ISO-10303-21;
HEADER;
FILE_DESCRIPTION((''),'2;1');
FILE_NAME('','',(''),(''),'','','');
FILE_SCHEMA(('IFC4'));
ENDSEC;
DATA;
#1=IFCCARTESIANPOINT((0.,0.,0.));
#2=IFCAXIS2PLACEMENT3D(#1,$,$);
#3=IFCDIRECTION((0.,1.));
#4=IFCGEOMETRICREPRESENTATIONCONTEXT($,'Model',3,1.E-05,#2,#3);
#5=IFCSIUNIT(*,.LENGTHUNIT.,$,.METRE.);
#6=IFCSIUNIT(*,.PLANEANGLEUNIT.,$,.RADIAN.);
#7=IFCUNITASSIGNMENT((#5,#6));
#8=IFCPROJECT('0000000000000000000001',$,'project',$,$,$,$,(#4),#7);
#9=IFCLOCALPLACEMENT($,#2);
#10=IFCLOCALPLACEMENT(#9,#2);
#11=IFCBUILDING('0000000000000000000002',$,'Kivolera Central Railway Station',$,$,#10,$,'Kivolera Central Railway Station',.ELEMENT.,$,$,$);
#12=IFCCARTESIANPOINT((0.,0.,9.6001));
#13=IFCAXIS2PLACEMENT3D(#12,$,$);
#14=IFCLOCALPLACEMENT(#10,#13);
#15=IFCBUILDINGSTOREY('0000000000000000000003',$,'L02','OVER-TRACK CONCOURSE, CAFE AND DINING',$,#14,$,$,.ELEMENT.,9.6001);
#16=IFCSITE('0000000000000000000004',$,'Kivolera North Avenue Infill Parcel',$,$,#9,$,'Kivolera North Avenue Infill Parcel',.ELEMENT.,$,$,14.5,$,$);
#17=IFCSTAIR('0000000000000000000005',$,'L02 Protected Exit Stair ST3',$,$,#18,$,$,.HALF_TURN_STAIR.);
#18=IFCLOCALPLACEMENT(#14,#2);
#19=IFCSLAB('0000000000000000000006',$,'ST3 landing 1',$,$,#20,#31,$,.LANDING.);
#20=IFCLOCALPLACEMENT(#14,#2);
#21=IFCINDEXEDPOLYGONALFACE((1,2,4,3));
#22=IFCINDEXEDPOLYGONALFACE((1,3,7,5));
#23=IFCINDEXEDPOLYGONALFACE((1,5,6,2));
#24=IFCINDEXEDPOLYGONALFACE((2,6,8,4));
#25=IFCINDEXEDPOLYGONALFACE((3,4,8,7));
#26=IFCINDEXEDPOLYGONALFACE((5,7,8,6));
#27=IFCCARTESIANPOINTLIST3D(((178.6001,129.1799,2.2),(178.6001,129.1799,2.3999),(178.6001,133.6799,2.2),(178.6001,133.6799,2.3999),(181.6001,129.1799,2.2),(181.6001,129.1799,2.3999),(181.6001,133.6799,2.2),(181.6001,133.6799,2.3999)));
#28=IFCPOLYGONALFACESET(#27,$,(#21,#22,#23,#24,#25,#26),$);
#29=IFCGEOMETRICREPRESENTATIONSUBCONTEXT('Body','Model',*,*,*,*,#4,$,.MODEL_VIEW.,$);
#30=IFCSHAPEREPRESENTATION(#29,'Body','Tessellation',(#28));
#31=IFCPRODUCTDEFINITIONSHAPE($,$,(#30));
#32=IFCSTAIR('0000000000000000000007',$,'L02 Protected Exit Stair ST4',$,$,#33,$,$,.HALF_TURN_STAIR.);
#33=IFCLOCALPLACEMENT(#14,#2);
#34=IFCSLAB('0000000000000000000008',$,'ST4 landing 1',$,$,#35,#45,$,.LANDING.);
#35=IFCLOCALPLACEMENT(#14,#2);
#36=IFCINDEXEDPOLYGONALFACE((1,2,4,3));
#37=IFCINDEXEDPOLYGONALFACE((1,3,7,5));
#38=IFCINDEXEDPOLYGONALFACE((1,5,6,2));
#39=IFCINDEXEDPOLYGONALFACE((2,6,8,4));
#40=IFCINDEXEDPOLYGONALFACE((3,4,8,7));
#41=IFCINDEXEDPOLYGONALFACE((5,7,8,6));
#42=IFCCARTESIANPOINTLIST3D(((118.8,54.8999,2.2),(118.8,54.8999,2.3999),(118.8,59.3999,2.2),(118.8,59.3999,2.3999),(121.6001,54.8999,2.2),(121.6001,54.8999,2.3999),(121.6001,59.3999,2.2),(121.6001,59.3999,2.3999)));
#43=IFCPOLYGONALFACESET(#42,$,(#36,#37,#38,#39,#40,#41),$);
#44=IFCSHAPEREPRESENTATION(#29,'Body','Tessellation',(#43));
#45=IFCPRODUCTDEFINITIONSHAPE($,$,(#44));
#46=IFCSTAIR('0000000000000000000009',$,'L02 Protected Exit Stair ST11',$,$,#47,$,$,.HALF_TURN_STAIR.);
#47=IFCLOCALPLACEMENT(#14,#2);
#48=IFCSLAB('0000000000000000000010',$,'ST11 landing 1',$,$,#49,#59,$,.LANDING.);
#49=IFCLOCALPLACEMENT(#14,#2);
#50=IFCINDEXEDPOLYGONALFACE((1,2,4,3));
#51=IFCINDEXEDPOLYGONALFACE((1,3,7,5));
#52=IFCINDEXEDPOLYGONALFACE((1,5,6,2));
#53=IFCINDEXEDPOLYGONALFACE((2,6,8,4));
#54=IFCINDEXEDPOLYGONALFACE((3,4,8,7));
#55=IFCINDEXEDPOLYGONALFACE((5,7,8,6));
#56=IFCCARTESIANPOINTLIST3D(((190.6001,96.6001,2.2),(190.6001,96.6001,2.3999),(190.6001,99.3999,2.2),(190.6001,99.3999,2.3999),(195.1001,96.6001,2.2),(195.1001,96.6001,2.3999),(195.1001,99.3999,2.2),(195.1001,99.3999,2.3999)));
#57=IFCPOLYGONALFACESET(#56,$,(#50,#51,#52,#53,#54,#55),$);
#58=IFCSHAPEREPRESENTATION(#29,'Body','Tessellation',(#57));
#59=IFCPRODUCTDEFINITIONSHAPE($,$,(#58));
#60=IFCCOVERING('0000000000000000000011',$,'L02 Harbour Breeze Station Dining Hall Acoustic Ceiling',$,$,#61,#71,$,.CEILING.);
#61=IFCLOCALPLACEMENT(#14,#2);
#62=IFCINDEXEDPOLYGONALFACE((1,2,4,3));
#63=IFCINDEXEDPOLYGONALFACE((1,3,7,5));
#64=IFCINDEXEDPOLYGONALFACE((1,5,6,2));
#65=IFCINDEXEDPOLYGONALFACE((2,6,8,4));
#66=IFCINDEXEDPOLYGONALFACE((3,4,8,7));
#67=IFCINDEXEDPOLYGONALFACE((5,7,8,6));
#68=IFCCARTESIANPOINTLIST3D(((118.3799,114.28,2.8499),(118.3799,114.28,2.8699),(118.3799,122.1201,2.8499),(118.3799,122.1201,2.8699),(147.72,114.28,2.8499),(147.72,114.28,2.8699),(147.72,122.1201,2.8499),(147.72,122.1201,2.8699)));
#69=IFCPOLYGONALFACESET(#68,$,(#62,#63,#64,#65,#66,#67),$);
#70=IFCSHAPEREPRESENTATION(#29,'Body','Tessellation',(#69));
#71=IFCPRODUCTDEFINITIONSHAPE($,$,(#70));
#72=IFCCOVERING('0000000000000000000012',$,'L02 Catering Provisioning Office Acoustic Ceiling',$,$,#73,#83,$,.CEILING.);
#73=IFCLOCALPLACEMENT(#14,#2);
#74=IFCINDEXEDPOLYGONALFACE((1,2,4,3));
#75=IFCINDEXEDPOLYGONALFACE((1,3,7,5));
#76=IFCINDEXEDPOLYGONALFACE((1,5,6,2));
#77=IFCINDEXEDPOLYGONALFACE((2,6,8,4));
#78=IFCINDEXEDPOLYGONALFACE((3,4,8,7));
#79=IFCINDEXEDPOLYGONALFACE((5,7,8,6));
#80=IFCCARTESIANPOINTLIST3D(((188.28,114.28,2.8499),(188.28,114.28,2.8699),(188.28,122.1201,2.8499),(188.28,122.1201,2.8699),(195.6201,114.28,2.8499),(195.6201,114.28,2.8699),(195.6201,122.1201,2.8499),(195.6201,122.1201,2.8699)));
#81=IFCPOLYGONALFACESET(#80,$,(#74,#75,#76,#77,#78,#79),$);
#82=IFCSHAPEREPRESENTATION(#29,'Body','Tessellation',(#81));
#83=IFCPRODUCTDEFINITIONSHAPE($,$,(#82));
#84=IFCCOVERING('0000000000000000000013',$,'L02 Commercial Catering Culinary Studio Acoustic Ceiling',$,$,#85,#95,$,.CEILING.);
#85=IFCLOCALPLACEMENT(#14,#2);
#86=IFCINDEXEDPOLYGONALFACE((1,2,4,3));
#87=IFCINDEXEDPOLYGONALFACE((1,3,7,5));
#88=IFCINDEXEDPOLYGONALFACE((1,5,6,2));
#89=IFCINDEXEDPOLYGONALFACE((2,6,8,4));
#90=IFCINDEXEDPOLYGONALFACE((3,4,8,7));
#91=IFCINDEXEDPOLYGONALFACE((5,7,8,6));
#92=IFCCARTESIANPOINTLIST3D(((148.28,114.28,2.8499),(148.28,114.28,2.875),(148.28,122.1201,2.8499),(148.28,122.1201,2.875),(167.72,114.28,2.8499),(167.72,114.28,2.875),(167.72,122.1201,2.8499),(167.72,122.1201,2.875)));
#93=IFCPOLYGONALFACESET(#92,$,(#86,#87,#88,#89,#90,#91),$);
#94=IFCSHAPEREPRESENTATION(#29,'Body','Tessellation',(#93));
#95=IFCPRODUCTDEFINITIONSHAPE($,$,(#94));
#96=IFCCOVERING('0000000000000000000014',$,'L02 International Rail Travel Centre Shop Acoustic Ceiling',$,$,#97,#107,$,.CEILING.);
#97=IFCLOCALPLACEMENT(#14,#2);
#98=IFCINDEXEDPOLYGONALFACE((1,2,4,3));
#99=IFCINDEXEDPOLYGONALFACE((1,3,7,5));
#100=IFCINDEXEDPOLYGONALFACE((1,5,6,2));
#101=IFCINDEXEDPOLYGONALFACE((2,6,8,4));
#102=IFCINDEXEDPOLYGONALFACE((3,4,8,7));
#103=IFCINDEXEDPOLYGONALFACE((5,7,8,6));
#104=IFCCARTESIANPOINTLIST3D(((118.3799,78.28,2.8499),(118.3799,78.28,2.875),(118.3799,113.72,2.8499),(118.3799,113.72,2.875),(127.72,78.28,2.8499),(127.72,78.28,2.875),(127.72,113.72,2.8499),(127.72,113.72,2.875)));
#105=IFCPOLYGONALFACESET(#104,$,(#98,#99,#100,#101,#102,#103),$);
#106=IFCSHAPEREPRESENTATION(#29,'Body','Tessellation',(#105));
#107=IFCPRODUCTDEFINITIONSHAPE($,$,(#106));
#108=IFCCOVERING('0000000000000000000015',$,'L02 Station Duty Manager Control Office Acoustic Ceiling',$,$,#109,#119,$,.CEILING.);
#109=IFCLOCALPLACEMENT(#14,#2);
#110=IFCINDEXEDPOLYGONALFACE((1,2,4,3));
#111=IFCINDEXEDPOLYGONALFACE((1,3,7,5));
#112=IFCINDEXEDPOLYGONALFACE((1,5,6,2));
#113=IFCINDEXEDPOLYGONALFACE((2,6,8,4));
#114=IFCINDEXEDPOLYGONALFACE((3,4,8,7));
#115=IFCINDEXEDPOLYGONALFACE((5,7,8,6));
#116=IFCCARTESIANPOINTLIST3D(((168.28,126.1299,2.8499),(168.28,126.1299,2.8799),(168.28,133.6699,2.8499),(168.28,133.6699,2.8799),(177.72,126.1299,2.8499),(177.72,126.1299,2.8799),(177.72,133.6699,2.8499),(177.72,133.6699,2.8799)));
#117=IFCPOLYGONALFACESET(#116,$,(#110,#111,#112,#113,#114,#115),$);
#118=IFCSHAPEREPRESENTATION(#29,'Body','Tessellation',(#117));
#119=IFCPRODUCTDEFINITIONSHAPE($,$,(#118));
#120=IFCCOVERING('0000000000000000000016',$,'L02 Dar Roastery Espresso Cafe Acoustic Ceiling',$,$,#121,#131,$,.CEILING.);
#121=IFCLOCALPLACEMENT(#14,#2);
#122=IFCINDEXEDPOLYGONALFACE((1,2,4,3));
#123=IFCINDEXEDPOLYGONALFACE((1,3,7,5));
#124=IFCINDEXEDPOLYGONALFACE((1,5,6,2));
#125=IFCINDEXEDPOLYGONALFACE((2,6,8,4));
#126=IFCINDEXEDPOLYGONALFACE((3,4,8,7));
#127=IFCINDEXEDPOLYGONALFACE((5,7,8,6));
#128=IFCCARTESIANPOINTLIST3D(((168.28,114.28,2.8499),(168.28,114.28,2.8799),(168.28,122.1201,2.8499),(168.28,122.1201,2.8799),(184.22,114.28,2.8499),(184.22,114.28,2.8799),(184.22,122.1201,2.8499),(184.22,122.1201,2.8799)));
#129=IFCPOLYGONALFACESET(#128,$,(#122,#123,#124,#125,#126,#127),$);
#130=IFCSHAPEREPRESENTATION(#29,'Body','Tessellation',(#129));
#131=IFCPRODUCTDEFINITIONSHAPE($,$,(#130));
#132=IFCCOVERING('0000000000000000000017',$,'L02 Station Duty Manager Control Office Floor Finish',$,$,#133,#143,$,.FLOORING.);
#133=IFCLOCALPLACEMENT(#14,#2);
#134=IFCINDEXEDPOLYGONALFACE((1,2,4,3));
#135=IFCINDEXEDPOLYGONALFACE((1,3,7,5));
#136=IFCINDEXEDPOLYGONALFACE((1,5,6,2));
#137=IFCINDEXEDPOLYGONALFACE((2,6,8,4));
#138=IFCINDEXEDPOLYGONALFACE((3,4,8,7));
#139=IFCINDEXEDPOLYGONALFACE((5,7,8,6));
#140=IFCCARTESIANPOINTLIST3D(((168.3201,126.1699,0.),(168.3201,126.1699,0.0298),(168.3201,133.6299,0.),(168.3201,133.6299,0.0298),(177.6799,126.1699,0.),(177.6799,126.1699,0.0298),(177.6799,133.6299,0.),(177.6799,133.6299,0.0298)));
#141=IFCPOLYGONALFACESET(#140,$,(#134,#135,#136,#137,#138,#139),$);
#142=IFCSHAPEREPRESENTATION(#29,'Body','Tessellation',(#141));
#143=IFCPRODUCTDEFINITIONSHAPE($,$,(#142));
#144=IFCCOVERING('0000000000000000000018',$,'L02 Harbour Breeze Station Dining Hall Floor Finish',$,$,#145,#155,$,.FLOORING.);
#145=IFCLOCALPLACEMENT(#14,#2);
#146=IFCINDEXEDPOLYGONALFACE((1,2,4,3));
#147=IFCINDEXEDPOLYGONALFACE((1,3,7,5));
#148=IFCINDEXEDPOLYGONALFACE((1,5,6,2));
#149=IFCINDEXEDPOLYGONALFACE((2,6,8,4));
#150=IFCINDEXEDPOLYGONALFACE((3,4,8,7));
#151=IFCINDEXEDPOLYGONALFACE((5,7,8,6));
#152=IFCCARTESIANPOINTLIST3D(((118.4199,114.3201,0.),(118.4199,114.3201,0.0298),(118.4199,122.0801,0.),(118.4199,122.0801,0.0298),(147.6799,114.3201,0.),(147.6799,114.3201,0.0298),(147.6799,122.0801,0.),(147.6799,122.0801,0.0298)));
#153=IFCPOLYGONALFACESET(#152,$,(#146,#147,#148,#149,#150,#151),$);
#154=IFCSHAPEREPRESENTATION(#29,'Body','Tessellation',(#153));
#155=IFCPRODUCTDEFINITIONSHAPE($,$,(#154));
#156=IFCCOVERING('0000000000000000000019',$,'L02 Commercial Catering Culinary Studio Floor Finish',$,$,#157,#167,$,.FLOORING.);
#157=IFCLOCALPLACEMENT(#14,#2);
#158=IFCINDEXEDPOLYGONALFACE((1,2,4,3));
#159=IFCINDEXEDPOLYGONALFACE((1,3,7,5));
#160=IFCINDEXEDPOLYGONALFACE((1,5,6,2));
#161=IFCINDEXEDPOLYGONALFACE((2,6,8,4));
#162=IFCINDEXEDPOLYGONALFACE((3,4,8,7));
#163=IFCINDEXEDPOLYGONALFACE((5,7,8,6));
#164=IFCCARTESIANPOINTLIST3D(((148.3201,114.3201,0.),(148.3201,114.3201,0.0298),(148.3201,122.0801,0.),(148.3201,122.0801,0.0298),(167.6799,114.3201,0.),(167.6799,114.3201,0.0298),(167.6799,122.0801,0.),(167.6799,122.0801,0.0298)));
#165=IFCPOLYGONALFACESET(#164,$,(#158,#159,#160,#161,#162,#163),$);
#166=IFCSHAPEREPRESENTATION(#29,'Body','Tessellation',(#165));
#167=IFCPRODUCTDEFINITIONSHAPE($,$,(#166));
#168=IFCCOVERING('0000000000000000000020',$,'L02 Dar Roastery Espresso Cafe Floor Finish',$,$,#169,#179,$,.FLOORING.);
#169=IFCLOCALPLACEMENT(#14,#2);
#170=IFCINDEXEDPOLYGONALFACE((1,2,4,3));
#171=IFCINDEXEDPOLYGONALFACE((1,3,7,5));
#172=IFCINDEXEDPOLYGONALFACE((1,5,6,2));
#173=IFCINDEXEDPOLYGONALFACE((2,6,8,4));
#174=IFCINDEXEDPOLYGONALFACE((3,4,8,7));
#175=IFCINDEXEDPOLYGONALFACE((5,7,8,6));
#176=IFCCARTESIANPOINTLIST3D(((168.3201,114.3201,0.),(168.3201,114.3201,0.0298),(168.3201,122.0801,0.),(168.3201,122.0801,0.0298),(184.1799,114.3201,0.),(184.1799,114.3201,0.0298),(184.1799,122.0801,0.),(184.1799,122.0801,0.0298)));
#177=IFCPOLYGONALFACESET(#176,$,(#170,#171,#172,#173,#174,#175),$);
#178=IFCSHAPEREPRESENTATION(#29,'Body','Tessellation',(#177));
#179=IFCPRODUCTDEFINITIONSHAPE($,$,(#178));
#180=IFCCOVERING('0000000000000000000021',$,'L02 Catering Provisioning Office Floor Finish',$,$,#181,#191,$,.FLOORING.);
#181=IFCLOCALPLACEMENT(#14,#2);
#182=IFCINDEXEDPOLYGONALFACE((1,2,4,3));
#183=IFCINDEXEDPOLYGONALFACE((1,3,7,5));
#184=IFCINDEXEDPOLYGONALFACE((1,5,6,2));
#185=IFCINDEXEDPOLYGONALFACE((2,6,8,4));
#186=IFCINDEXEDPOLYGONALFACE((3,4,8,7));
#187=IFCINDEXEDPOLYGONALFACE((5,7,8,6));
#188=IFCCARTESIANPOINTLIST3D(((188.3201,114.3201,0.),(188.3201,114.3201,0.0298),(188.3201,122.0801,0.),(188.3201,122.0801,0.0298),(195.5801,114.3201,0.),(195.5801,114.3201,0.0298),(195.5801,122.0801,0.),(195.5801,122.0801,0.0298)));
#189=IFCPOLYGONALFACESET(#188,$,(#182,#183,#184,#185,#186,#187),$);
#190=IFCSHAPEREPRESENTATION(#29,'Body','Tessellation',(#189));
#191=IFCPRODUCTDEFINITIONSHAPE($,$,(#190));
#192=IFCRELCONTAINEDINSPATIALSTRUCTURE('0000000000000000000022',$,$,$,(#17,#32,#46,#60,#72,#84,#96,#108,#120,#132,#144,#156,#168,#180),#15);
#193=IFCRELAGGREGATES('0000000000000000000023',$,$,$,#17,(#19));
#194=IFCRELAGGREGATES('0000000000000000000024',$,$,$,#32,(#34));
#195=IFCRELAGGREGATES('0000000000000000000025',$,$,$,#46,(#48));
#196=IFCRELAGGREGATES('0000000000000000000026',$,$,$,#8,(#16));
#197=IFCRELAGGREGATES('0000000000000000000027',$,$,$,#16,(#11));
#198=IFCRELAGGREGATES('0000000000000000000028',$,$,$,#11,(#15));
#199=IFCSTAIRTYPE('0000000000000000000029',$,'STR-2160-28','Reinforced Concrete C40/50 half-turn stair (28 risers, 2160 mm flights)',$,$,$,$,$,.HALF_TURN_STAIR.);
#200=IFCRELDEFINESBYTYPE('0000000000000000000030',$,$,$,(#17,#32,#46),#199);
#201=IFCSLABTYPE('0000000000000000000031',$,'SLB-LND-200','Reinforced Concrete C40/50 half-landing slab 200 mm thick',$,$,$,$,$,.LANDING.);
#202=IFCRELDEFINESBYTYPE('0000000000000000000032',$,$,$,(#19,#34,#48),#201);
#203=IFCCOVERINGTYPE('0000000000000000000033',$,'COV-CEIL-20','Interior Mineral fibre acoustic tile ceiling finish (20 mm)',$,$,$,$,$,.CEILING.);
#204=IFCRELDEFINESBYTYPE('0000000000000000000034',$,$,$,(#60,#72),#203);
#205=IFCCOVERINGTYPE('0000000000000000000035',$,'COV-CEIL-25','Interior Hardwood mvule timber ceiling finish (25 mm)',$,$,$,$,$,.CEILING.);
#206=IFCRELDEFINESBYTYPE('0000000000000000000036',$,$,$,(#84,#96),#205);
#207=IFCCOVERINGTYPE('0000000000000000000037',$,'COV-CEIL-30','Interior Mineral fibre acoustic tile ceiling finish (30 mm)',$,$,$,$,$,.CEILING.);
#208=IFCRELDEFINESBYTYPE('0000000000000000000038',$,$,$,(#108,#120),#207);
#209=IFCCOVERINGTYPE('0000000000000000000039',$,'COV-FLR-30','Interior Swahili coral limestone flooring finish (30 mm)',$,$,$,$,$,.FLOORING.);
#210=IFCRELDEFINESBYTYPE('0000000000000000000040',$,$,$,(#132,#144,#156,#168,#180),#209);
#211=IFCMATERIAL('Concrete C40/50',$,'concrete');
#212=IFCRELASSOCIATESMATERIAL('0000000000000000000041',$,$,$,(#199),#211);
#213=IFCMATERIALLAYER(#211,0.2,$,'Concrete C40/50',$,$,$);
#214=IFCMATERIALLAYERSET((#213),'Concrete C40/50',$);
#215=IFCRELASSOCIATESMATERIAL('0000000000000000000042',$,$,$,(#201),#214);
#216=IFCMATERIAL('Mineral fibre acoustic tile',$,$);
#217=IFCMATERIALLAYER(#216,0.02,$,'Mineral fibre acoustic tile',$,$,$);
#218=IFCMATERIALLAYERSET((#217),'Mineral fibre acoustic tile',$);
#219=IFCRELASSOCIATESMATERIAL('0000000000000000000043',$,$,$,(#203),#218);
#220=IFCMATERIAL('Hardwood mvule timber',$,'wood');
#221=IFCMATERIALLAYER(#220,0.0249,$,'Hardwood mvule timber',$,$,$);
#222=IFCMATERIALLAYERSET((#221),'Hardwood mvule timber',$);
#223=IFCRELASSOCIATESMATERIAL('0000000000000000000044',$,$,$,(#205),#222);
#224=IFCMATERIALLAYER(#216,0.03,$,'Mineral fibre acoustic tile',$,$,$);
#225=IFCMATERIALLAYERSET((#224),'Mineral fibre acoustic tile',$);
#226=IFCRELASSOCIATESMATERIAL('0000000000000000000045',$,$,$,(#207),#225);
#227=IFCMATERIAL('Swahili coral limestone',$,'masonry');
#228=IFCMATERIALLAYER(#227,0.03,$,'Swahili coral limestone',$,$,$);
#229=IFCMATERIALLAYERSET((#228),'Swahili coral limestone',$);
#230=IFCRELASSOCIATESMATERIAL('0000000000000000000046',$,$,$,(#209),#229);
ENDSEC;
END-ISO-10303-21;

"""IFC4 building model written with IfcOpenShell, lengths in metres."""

from ifc_helpers import new_model, si_unit, direction, frame, origin, place, context, subcontext, project, spatial, polyline, outline, extrude, material, layer, layer_set, type_object, element, aggregate, save


model = new_model("IFC4")

# Units and contexts
model_context = context("Model", 3, precision=1e-05, world=origin(), true_north=direction((0.0, 1.0)))
body_context = subcontext(model_context, "Body", "Model", "MODEL_VIEW")
ifc_project = project(units=[si_unit("LENGTHUNIT", "METRE"), si_unit("PLANEANGLEUNIT", "RADIAN")], contexts=[model_context])

# Site, building, storey
site_placement = place(None, origin())
site = spatial("IfcSite", under=ifc_project, at=site_placement, Name="Kivolera North Avenue Infill Parcel", LongName="Kivolera North Avenue Infill Parcel", CompositionType="ELEMENT", RefElevation=14.5)
building_placement = place(site_placement, origin())
building = spatial("IfcBuilding", under=site, at=building_placement, Name="Kivolera Central Railway Station", LongName="Kivolera Central Railway Station", CompositionType="ELEMENT")
storey_placement = place(building_placement, frame((0.0, 0.0, 9.6001)))
storey = spatial("IfcBuildingStorey", under=building, at=storey_placement, Name="L02", Description="OVER-TRACK CONCOURSE, CAFE AND DINING", CompositionType="ELEMENT", Elevation=9.6001)

# Shared definitions
ifc_material_1 = material(Name="Concrete C40/50", Category="concrete")

# Stairs, slabs
stair_type = type_object("IfcStairType", Name="STR-2160-28", Description="Reinforced Concrete C40/50 half-turn stair (28 risers, 2160 mm flights)", PredefinedType="HALF_TURN_STAIR", material=ifc_material_1)
ifc_layer_1 = layer(ifc_material_1, 0.2, Name="Concrete C40/50")
ifc_layer_set_1 = layer_set([ifc_layer_1], Name="Concrete C40/50")
slab_type_1 = type_object("IfcSlabType", Name="SLB-LND-200", Description="Reinforced Concrete C40/50 half-landing slab 200 mm thick", PredefinedType="LANDING", material=ifc_layer_set_1)
stair_1_placement = place(storey_placement, origin())
stair_1 = element("IfcStair", 1, at=stair_1_placement, inside=storey, type_object=stair_type, Name="L02 Protected Exit Stair ST3", PredefinedType="HALF_TURN_STAIR")
slab_1_placement = place(storey_placement, frame((0.0, 0.0, 2.2)))
slab_1 = element("IfcSlab", 2, at=slab_1_placement, type_object=slab_type_1, Name="ST3 landing 1", PredefinedType="LANDING", context=body_context, shape_type="SweptSolid", body=[
    extrude(outline(polyline([(181.6001, 133.6799), (178.6001, 133.6799), (178.6001, 129.1799), (181.6001, 129.1799), (181.6001, 133.6799)])), origin(), (0.0, 0.0, 1.0), 0.2),
])
aggregate(stair_1, [slab_1])
stair_2_placement = place(storey_placement, origin())
stair_2 = element("IfcStair", 3, at=stair_2_placement, inside=storey, type_object=stair_type, Name="L02 Protected Exit Stair ST4", PredefinedType="HALF_TURN_STAIR")
slab_2_placement = place(storey_placement, frame((0.0, 0.0, 2.2)))
slab_2 = element("IfcSlab", 4, at=slab_2_placement, type_object=slab_type_1, Name="ST4 landing 1", PredefinedType="LANDING", context=body_context, shape_type="SweptSolid", body=[
    extrude(outline(polyline([(121.6001, 59.3999), (118.8, 59.3999), (118.8, 54.8999), (121.6001, 54.8999), (121.6001, 59.3999)])), origin(), (0.0, 0.0, 1.0), 0.2),
])
aggregate(stair_2, [slab_2])
stair_3_placement = place(storey_placement, origin())
stair_3 = element("IfcStair", 5, at=stair_3_placement, inside=storey, type_object=stair_type, Name="L02 Protected Exit Stair ST11", PredefinedType="HALF_TURN_STAIR")
slab_3_placement = place(storey_placement, frame((0.0, 0.0, 2.2)))
slab_3 = element("IfcSlab", 6, at=slab_3_placement, type_object=slab_type_1, Name="ST11 landing 1", PredefinedType="LANDING", context=body_context, shape_type="SweptSolid", body=[
    extrude(outline(polyline([(195.1001, 96.6001), (195.1001, 99.3999), (190.6001, 99.3999), (190.6001, 96.6001), (195.1001, 96.6001)])), origin(), (0.0, 0.0, 1.0), 0.2),
])
aggregate(stair_3, [slab_3])

# Coverings
ifc_material_2 = material(Name="Mineral fibre acoustic tile")
ifc_layer_2 = layer(ifc_material_2, 0.02, Name="Mineral fibre acoustic tile")
ifc_layer_set_2 = layer_set([ifc_layer_2], Name="Mineral fibre acoustic tile")
covering_type_1 = type_object("IfcCoveringType", Name="COV-CEIL-20", Description="Interior Mineral fibre acoustic tile ceiling finish (20 mm)", PredefinedType="CEILING", material=ifc_layer_set_2)
covering_1_placement = place(storey_placement, frame((0.0, 0.0, 2.8499)))
element("IfcCovering", 7, at=covering_1_placement, inside=storey, type_object=covering_type_1, Name="L02 Harbour Breeze Station Dining Hall Acoustic Ceiling", PredefinedType="CEILING", context=body_context, shape_type="SweptSolid", body=[
    extrude(outline(polyline([(118.3799, 114.28), (147.72, 114.28), (147.72, 122.1201), (118.3799, 122.1201), (118.3799, 114.28)])), origin(), (0.0, 0.0, 1.0), 0.02),
])
covering_2_placement = place(storey_placement, frame((0.0, 0.0, 2.8499)))
element("IfcCovering", 8, at=covering_2_placement, inside=storey, type_object=covering_type_1, Name="L02 Catering Provisioning Office Acoustic Ceiling", PredefinedType="CEILING", context=body_context, shape_type="SweptSolid", body=[
    extrude(outline(polyline([(188.28, 114.28), (195.6201, 114.28), (195.6201, 122.1201), (188.28, 122.1201), (188.28, 114.28)])), origin(), (0.0, 0.0, 1.0), 0.02),
])
ifc_material_3 = material(Name="Hardwood mvule timber", Category="wood")
ifc_layer_3 = layer(ifc_material_3, 0.0249, Name="Hardwood mvule timber")
ifc_layer_set_3 = layer_set([ifc_layer_3], Name="Hardwood mvule timber")
covering_type_2 = type_object("IfcCoveringType", Name="COV-CEIL-25", Description="Interior Hardwood mvule timber ceiling finish (25 mm)", PredefinedType="CEILING", material=ifc_layer_set_3)
covering_3_placement = place(storey_placement, frame((0.0, 0.0, 2.8499)))
element("IfcCovering", 9, at=covering_3_placement, inside=storey, type_object=covering_type_2, Name="L02 Commercial Catering Culinary Studio Acoustic Ceiling", PredefinedType="CEILING", context=body_context, shape_type="SweptSolid", body=[
    extrude(outline(polyline([(148.28, 114.28), (167.72, 114.28), (167.72, 122.1201), (148.28, 122.1201), (148.28, 114.28)])), origin(), (0.0, 0.0, 1.0), 0.0251),
])
covering_4_placement = place(storey_placement, frame((0.0, 0.0, 2.8499)))
element("IfcCovering", 10, at=covering_4_placement, inside=storey, type_object=covering_type_2, Name="L02 International Rail Travel Centre Shop Acoustic Ceiling", PredefinedType="CEILING", context=body_context, shape_type="SweptSolid", body=[
    extrude(outline(polyline([(118.3799, 78.28), (127.72, 78.28), (127.72, 113.72), (118.3799, 113.72), (118.3799, 78.28)])), origin(), (0.0, 0.0, 1.0), 0.0251),
])
ifc_layer_4 = layer(ifc_material_2, 0.03, Name="Mineral fibre acoustic tile")
ifc_layer_set_4 = layer_set([ifc_layer_4], Name="Mineral fibre acoustic tile")
covering_type_3 = type_object("IfcCoveringType", Name="COV-CEIL-30", Description="Interior Mineral fibre acoustic tile ceiling finish (30 mm)", PredefinedType="CEILING", material=ifc_layer_set_4)
covering_5_placement = place(storey_placement, frame((0.0, 0.0, 2.8499)))
element("IfcCovering", 11, at=covering_5_placement, inside=storey, type_object=covering_type_3, Name="L02 Station Duty Manager Control Office Acoustic Ceiling", PredefinedType="CEILING", context=body_context, shape_type="SweptSolid", body=[
    extrude(outline(polyline([(168.28, 126.1299), (177.72, 126.1299), (177.72, 133.6699), (168.28, 133.6699), (168.28, 126.1299)])), origin(), (0.0, 0.0, 1.0), 0.03),
])
covering_6_placement = place(storey_placement, frame((0.0, 0.0, 2.8499)))
element("IfcCovering", 12, at=covering_6_placement, inside=storey, type_object=covering_type_3, Name="L02 Dar Roastery Espresso Cafe Acoustic Ceiling", PredefinedType="CEILING", context=body_context, shape_type="SweptSolid", body=[
    extrude(outline(polyline([(168.28, 114.28), (184.22, 114.28), (184.22, 122.1201), (168.28, 122.1201), (168.28, 114.28)])), origin(), (0.0, 0.0, 1.0), 0.03),
])
ifc_material_4 = material(Name="Swahili coral limestone", Category="masonry")
ifc_layer_5 = layer(ifc_material_4, 0.03, Name="Swahili coral limestone")
ifc_layer_set_5 = layer_set([ifc_layer_5], Name="Swahili coral limestone")
covering_type_4 = type_object("IfcCoveringType", Name="COV-FLR-30", Description="Interior Swahili coral limestone flooring finish (30 mm)", PredefinedType="FLOORING", material=ifc_layer_set_5)
covering_7_placement = place(storey_placement, origin())
element("IfcCovering", 13, at=covering_7_placement, inside=storey, type_object=covering_type_4, Name="L02 Station Duty Manager Control Office Floor Finish", PredefinedType="FLOORING", context=body_context, shape_type="SweptSolid", body=[
    extrude(outline(polyline([(168.3201, 126.1699), (177.6799, 126.1699), (177.6799, 133.6299), (168.3201, 133.6299), (168.3201, 126.1699)])), origin(), (0.0, 0.0, 1.0), 0.0298),
])
covering_8_placement = place(storey_placement, origin())
element("IfcCovering", 14, at=covering_8_placement, inside=storey, type_object=covering_type_4, Name="L02 Harbour Breeze Station Dining Hall Floor Finish", PredefinedType="FLOORING", context=body_context, shape_type="SweptSolid", body=[
    extrude(outline(polyline([(118.4199, 114.3201), (147.6799, 114.3201), (147.6799, 122.0801), (118.4199, 122.0801), (118.4199, 114.3201)])), origin(), (0.0, 0.0, 1.0), 0.0298),
])
covering_9_placement = place(storey_placement, origin())
element("IfcCovering", 15, at=covering_9_placement, inside=storey, type_object=covering_type_4, Name="L02 Commercial Catering Culinary Studio Floor Finish", PredefinedType="FLOORING", context=body_context, shape_type="SweptSolid", body=[
    extrude(outline(polyline([(148.3201, 114.3201), (167.6799, 114.3201), (167.6799, 122.0801), (148.3201, 122.0801), (148.3201, 114.3201)])), origin(), (0.0, 0.0, 1.0), 0.0298),
])
covering_10_placement = place(storey_placement, origin())
element("IfcCovering", 16, at=covering_10_placement, inside=storey, type_object=covering_type_4, Name="L02 Dar Roastery Espresso Cafe Floor Finish", PredefinedType="FLOORING", context=body_context, shape_type="SweptSolid", body=[
    extrude(outline(polyline([(168.3201, 114.3201), (184.1799, 114.3201), (184.1799, 122.0801), (168.3201, 122.0801), (168.3201, 114.3201)])), origin(), (0.0, 0.0, 1.0), 0.0298),
])
covering_11_placement = place(storey_placement, origin())
element("IfcCovering", 17, at=covering_11_placement, inside=storey, type_object=covering_type_4, Name="L02 Catering Provisioning Office Floor Finish", PredefinedType="FLOORING", context=body_context, shape_type="SweptSolid", body=[
    extrude(outline(polyline([(188.3201, 114.3201), (195.5801, 114.3201), (195.5801, 122.0801), (188.3201, 122.0801), (188.3201, 114.3201)])), origin(), (0.0, 0.0, 1.0), 0.0298),
])

save(model, "model.ifc")
